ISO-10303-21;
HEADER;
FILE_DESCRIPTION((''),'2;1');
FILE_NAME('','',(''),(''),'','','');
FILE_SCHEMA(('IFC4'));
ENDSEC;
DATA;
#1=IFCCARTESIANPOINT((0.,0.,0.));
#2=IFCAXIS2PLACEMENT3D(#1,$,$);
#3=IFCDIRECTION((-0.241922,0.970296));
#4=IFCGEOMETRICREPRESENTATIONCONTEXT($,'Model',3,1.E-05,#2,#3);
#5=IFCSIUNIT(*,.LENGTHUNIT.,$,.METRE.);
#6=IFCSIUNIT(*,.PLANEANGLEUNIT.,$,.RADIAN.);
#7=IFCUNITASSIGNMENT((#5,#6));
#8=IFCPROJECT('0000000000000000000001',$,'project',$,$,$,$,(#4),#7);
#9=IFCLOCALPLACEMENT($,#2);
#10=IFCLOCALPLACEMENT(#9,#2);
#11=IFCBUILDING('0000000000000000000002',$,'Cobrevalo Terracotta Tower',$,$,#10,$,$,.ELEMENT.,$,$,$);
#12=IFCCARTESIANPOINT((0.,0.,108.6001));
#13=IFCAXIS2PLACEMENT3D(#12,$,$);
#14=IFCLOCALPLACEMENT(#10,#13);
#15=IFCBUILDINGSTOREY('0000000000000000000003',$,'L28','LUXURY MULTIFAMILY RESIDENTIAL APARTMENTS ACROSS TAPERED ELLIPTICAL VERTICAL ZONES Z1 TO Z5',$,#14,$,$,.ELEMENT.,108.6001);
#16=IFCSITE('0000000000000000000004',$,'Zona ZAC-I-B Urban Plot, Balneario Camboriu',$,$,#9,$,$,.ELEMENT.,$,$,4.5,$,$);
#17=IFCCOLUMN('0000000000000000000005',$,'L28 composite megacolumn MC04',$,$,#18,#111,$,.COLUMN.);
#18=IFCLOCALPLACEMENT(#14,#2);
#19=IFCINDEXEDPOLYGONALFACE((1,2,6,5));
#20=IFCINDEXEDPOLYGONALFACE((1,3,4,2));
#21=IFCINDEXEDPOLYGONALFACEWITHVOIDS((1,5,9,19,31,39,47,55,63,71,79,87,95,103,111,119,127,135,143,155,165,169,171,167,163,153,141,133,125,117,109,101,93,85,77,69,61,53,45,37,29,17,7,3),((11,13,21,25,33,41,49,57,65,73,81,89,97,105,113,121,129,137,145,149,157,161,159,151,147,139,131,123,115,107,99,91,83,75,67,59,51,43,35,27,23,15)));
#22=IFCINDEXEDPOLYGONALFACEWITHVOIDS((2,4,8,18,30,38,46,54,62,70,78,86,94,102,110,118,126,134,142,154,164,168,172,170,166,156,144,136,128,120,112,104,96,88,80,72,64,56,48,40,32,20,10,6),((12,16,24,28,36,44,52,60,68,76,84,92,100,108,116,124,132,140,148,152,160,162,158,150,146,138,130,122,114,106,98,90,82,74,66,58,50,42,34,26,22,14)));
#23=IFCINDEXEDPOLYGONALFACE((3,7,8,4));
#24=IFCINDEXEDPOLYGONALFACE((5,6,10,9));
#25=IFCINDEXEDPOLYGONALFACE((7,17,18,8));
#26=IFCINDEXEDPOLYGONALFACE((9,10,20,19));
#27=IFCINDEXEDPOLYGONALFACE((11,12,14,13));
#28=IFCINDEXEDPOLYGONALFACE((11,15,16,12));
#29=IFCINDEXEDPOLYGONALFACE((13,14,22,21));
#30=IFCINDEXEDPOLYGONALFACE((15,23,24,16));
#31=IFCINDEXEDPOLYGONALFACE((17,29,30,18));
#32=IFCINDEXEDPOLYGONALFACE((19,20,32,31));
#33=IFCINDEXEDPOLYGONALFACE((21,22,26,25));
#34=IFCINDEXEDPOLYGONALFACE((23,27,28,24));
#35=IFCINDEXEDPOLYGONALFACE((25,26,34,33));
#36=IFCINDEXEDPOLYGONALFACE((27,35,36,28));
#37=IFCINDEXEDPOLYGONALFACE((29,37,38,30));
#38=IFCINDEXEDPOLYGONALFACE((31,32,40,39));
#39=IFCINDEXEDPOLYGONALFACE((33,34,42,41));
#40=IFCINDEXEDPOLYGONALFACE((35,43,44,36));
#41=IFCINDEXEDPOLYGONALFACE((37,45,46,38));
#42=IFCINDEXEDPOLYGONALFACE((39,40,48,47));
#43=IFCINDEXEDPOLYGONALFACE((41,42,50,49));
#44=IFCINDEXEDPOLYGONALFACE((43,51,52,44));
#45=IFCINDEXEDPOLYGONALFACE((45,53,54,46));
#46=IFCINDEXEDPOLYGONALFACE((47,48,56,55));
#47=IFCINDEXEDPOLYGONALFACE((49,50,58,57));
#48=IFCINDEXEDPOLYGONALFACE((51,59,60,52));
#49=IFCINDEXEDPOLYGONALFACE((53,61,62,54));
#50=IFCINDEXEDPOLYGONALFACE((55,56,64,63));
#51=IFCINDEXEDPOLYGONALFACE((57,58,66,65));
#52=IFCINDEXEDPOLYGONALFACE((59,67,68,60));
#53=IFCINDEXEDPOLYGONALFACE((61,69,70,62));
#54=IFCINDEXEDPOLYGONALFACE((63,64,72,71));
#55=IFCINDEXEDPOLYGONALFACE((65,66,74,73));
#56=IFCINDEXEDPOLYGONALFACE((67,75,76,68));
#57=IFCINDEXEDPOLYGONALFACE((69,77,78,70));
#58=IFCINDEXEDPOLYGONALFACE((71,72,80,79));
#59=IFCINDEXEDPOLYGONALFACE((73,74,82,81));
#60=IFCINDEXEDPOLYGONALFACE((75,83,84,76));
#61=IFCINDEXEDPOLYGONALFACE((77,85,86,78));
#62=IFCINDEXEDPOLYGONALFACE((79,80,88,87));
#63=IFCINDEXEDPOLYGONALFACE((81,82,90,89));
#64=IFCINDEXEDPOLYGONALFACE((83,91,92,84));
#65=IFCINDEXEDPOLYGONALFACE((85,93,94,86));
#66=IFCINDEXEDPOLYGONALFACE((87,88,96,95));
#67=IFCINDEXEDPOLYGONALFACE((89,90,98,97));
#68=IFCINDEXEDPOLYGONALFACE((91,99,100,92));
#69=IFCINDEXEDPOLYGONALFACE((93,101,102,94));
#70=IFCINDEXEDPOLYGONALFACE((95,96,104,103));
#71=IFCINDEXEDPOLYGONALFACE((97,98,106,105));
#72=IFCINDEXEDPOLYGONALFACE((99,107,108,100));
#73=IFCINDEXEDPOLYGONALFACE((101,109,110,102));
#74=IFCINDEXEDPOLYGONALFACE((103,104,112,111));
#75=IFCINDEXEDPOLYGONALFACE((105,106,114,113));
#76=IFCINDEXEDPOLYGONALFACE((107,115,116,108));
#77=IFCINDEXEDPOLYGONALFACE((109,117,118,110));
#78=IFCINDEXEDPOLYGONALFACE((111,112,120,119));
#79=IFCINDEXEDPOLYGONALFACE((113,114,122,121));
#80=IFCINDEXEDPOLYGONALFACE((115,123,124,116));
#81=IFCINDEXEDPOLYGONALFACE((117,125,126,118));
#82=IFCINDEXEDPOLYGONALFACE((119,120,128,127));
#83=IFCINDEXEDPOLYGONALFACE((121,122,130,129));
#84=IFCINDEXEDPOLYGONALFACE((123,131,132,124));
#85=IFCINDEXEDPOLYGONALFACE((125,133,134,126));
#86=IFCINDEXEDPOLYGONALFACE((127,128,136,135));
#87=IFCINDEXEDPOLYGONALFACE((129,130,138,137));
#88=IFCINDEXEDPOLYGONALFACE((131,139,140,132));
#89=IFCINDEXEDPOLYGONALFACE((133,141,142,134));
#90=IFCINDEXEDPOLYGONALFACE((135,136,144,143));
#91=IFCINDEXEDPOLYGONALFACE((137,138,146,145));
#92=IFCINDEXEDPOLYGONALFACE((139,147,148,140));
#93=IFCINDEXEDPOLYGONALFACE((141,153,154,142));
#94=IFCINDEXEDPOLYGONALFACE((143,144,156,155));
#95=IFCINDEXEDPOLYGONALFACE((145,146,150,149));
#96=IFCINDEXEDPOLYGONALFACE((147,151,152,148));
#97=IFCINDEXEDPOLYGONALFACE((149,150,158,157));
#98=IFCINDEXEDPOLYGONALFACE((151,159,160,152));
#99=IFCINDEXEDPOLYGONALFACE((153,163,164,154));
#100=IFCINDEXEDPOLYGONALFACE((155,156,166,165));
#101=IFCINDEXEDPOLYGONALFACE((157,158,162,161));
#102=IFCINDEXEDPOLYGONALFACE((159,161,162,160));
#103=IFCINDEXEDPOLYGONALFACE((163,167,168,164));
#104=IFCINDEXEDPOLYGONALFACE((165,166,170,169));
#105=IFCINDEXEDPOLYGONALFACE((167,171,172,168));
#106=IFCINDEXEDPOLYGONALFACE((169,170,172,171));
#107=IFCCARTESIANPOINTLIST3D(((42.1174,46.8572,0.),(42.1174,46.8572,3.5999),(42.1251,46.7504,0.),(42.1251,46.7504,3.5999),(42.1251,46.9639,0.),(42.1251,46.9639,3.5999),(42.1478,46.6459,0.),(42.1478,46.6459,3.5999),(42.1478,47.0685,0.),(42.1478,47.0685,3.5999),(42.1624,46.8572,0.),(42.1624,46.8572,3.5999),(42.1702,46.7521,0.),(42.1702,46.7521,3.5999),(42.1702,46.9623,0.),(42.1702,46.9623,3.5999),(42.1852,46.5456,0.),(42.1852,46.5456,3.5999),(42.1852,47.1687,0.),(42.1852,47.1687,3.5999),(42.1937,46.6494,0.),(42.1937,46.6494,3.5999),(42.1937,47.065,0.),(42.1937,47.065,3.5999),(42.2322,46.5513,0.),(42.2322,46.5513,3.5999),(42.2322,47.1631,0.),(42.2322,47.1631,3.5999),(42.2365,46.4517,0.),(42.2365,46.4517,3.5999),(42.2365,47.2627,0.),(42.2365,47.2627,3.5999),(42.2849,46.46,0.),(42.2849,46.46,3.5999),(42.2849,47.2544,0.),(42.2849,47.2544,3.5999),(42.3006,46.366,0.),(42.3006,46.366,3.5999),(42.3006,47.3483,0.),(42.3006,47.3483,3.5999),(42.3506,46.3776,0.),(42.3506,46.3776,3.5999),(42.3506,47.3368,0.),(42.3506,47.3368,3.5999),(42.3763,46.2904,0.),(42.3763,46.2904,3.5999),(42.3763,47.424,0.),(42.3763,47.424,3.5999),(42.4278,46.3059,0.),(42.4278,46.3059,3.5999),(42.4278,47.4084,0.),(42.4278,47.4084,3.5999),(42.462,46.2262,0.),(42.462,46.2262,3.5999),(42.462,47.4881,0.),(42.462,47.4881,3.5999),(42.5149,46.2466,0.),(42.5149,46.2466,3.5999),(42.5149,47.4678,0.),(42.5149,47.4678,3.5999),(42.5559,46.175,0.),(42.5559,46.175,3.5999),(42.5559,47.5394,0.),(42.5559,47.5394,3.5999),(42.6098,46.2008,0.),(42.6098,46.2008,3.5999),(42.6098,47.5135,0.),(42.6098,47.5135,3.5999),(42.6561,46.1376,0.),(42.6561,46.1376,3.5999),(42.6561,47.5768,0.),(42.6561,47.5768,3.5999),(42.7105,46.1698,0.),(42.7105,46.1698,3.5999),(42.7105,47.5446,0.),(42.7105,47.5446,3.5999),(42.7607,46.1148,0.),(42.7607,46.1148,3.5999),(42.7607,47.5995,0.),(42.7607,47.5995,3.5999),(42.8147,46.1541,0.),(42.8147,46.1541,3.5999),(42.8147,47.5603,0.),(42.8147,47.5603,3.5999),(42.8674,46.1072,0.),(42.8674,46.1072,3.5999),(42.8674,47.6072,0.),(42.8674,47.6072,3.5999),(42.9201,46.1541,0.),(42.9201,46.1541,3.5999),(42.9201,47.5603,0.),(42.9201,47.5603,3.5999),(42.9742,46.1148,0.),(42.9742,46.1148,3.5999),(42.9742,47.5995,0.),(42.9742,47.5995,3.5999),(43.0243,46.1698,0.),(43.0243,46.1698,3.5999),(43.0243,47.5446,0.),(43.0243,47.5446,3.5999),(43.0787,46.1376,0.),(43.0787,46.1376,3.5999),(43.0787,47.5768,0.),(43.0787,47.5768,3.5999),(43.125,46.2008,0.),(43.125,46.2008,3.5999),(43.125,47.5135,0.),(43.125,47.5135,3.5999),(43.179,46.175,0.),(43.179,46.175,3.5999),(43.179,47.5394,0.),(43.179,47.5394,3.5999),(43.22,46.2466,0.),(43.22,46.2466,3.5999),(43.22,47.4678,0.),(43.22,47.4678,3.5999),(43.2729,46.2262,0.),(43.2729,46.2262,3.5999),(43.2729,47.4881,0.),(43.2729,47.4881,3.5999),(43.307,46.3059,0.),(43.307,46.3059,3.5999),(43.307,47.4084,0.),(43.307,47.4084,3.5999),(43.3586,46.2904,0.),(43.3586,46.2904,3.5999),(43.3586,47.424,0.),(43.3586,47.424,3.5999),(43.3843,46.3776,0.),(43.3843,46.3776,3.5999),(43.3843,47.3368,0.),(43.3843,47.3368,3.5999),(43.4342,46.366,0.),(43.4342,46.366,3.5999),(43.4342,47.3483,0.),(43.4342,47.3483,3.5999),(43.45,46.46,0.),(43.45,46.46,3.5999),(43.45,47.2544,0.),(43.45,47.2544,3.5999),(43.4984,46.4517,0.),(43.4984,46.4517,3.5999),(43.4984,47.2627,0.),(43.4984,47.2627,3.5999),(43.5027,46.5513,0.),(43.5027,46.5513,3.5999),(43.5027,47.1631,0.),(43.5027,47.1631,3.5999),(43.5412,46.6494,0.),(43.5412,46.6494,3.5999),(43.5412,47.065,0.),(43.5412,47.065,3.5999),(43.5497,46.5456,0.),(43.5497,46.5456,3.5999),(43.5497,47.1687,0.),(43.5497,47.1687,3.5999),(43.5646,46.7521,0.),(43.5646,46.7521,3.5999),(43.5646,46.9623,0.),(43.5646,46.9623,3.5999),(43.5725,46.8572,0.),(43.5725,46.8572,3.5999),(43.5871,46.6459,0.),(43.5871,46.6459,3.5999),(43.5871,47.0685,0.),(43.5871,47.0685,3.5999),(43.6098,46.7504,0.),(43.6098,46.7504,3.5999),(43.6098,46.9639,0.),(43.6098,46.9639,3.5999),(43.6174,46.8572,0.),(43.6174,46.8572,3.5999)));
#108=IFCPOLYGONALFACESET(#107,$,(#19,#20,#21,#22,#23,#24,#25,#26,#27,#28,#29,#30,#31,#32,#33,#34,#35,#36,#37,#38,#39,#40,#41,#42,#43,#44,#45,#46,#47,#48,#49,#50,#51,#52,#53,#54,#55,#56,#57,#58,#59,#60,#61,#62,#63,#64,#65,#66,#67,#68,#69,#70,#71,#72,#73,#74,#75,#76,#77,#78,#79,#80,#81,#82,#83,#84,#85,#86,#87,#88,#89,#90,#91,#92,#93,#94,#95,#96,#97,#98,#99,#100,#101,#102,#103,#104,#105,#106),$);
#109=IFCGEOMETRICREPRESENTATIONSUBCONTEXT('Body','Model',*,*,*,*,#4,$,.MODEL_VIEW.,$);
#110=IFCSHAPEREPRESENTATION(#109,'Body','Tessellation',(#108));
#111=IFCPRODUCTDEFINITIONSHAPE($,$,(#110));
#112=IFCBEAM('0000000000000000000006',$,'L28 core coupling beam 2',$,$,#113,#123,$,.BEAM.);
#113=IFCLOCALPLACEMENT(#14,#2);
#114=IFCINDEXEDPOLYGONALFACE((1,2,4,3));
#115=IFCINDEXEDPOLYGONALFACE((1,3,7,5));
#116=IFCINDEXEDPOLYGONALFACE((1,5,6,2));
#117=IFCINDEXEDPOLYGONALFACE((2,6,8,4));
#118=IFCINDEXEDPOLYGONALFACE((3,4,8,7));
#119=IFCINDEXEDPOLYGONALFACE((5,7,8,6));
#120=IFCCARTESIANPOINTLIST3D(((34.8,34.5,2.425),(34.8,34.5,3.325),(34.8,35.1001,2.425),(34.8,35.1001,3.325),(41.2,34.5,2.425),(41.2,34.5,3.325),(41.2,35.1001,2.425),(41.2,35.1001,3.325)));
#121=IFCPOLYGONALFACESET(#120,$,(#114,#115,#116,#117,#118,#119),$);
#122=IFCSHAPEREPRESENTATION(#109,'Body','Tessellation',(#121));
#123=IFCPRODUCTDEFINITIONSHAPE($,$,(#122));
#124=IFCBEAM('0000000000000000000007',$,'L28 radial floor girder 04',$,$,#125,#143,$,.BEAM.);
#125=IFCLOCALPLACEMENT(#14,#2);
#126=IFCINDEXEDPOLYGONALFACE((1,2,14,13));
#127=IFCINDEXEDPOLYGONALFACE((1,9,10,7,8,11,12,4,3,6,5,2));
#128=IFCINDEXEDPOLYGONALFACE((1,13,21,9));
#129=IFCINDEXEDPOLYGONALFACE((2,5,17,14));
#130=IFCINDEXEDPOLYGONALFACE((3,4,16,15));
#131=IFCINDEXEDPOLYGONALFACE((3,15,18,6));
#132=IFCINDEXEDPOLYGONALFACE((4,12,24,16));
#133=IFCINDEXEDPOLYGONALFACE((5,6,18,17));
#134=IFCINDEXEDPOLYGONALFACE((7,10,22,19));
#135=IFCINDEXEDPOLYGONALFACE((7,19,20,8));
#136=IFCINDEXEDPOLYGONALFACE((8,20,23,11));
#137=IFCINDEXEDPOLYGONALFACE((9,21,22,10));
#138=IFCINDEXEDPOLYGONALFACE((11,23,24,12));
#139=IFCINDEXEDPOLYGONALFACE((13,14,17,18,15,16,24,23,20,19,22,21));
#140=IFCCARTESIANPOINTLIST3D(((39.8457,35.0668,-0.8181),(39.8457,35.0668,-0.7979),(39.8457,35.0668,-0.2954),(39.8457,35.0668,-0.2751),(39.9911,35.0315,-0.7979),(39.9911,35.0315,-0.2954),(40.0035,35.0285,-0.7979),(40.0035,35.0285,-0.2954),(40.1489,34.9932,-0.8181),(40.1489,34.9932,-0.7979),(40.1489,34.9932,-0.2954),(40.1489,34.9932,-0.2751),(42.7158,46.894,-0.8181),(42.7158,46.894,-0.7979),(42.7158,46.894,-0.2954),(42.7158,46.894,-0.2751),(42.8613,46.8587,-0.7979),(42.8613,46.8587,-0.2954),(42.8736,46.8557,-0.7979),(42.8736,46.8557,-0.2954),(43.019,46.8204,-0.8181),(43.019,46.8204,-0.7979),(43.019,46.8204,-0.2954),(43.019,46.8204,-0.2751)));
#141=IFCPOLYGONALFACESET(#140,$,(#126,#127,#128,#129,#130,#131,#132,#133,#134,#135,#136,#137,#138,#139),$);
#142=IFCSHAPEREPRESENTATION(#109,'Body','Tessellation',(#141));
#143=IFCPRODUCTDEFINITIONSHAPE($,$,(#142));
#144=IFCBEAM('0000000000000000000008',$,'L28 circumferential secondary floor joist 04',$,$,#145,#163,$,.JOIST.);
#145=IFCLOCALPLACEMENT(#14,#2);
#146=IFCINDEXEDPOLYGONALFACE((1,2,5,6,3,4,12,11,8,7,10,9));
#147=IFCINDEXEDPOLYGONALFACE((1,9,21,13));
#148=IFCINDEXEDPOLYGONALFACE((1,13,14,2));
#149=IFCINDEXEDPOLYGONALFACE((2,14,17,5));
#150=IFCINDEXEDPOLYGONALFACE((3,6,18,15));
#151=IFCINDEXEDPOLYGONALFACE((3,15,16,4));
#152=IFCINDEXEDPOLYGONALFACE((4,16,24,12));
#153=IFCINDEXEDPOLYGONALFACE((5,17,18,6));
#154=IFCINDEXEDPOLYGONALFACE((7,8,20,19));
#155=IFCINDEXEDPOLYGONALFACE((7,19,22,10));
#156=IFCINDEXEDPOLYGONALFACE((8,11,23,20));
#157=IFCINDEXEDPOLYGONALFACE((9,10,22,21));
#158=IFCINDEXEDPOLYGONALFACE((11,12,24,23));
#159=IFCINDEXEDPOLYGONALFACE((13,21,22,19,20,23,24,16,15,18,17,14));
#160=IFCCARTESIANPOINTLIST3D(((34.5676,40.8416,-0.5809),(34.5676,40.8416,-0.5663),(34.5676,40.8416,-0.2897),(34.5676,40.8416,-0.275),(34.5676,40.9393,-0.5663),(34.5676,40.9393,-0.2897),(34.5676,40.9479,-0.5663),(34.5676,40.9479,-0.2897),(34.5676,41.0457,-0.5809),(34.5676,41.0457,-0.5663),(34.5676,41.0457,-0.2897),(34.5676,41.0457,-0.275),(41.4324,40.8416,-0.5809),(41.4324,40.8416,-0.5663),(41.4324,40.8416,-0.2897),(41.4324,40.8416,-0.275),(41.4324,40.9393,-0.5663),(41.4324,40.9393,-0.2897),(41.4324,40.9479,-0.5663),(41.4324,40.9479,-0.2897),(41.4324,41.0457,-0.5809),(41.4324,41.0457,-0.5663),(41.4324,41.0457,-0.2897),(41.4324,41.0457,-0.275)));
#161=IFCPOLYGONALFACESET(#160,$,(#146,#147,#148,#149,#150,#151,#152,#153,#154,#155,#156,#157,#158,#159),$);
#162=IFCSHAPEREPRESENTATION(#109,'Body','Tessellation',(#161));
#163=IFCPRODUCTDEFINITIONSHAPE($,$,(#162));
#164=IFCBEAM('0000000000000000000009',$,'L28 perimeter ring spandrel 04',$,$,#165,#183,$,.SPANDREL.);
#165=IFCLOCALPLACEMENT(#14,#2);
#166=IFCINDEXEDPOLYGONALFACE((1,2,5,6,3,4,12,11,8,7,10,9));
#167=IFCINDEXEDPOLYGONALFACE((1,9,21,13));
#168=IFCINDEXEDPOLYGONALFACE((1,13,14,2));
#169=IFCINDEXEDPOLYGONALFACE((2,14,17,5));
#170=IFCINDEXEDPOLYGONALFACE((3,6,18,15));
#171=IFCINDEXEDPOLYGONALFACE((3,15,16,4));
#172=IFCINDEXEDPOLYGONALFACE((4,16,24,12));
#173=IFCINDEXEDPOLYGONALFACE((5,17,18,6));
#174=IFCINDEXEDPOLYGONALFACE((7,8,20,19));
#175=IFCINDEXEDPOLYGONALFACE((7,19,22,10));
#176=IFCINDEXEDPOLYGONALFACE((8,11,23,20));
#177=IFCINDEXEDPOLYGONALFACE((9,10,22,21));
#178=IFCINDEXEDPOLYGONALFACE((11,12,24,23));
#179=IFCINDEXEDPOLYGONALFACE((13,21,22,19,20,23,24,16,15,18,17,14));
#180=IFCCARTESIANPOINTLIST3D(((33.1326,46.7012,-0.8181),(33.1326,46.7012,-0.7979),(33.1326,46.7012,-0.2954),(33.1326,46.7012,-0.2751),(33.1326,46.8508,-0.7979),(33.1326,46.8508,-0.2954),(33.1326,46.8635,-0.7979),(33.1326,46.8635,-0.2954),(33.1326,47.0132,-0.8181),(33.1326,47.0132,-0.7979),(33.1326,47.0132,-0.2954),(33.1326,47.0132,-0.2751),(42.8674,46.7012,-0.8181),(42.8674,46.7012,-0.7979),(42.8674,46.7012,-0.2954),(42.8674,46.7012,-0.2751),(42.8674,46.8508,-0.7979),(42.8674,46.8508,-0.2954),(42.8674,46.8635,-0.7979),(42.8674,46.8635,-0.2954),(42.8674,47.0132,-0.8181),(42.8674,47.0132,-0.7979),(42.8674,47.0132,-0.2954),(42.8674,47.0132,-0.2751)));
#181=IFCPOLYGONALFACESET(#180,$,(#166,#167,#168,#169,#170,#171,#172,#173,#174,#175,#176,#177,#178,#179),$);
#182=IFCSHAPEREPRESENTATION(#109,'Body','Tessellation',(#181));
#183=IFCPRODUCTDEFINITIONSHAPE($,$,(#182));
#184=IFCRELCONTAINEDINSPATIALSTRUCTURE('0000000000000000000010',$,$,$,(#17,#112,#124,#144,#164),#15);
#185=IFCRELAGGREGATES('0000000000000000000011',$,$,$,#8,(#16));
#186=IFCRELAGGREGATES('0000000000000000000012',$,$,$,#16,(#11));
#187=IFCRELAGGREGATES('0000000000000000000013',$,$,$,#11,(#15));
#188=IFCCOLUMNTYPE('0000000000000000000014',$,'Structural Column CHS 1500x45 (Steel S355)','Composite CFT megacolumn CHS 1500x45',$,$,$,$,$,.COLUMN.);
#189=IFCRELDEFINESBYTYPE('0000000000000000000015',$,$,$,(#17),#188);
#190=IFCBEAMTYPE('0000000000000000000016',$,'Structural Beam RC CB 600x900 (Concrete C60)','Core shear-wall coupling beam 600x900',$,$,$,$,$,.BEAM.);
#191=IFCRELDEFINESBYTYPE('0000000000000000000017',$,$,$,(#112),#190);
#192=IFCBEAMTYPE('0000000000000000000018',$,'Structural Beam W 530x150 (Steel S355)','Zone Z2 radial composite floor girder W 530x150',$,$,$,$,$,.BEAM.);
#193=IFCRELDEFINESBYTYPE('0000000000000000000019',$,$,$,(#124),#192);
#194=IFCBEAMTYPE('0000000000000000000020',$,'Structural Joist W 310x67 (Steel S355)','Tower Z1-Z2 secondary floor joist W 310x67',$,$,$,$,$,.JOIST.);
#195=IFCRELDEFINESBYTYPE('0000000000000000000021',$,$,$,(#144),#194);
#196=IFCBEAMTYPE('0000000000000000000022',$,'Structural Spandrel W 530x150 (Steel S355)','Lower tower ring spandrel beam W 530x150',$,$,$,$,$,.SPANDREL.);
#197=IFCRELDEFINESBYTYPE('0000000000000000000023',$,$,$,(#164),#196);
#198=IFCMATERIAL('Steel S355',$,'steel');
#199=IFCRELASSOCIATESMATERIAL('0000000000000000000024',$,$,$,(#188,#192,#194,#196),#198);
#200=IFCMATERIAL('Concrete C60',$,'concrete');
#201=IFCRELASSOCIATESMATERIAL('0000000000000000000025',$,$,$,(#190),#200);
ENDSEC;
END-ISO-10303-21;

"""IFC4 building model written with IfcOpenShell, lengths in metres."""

from ifc_helpers import new_model, si_unit, direction, frame, origin, origin_2d, place, context, subcontext, project, spatial, rectangle, hollow_circle, i_section, extrude, material, material_profile, profile_set, type_object, element, save


model = new_model("IFC4")

# Units and contexts
model_context = context("Model", 3, precision=1e-05, world=origin(), true_north=direction((-0.241922, 0.970296)))
body_context = subcontext(model_context, "Body", "Model", "MODEL_VIEW")
ifc_project = project(units=[si_unit("LENGTHUNIT", "METRE"), si_unit("PLANEANGLEUNIT", "RADIAN")], contexts=[model_context])

# Site, building, storey
site_placement = place(None, origin())
site = spatial("IfcSite", under=ifc_project, at=site_placement, Name="Zona ZAC-I-B Urban Plot, Balneario Camboriu", CompositionType="ELEMENT", RefElevation=4.5)
building_placement = place(site_placement, origin())
building = spatial("IfcBuilding", under=site, at=building_placement, Name="Cobrevalo Terracotta Tower", CompositionType="ELEMENT")
storey_placement = place(building_placement, frame((0.0, 0.0, 108.6001)))
storey = spatial("IfcBuildingStorey", under=building, at=storey_placement, Name="L28", Description="LUXURY MULTIFAMILY RESIDENTIAL APARTMENTS ACROSS TAPERED ELLIPTICAL VERTICAL ZONES Z1 TO Z5", CompositionType="ELEMENT", Elevation=108.6001)

# Column
ifc_material_1 = material(Name="Steel S355", Category="steel")
ifc_material_profile_1 = material_profile(ifc_material_1, hollow_circle(Radius=0.75, WallThickness=0.0449, at=origin_2d()), Name="CHS 1500x45")
ifc_profile_set_1 = profile_set([ifc_material_profile_1], Name="Steel S355")
column_type = type_object("IfcColumnType", Name="Structural Column CHS 1500x45 (Steel S355)", Description="Composite CFT megacolumn CHS 1500x45", PredefinedType="COLUMN", material=ifc_profile_set_1)
column_placement = place(storey_placement, frame((42.8674, 46.8572, 0.0), z_axis=(0.0, 0.0, 1.0), x_axis=(1.0, 0.0, 0.0)))
element("IfcColumn", 1, at=column_placement, inside=storey, type_object=column_type, Name="L28 composite megacolumn MC04", PredefinedType="COLUMN", context=body_context, shape_type="SweptSolid", body=[
    extrude(hollow_circle(Radius=0.75, WallThickness=0.0449, at=origin_2d()), origin(), (0.0, 0.0, 1.0), 3.5999),
])

# Beams
ifc_material_2 = material(Name="Concrete C60", Category="concrete")
ifc_material_profile_2 = material_profile(ifc_material_2, rectangle(XDim=0.6001, YDim=0.8999, at=origin_2d()), Name="RC CB 600x900")
ifc_profile_set_2 = profile_set([ifc_material_profile_2], Name="Concrete C60")
beam_type_1 = type_object("IfcBeamType", Name="Structural Beam RC CB 600x900 (Concrete C60)", Description="Core shear-wall coupling beam 600x900", PredefinedType="BEAM", material=ifc_profile_set_2)
beam_1_placement = place(storey_placement, frame((34.8, 34.8, 2.875), z_axis=(1.0, 0.0, 0.0), x_axis=(0.0, 1.0, 0.0)))
element("IfcBeam", 2, at=beam_1_placement, inside=storey, type_object=beam_type_1, Name="L28 core coupling beam 2", PredefinedType="BEAM", context=body_context, shape_type="SweptSolid", body=[
    extrude(rectangle(XDim=0.6001, YDim=0.8999, at=origin_2d()), origin(), (0.0, 0.0, 1.0), 6.3999),
])
ifc_material_profile_3 = material_profile(ifc_material_1, i_section(OverallWidth=0.312, OverallDepth=0.543, WebThickness=0.0127, FlangeThickness=0.0203, at=origin_2d()), Name="W 530x150")
ifc_profile_set_3 = profile_set([ifc_material_profile_3], Name="Steel S355")
beam_type_2 = type_object("IfcBeamType", Name="Structural Beam W 530x150 (Steel S355)", Description="Zone Z2 radial composite floor girder W 530x150", PredefinedType="BEAM", material=ifc_profile_set_3)
beam_2_placement = place(storey_placement, frame((42.8674, 46.8572, -0.5466), z_axis=(-0.235827, -0.971795, 0.0), x_axis=(0.971795, -0.235827, 0.0)))
element("IfcBeam", 3, at=beam_2_placement, inside=storey, type_object=beam_type_2, Name="L28 radial floor girder 04", PredefinedType="BEAM", context=body_context, shape_type="SweptSolid", body=[
    extrude(i_section(OverallWidth=0.312, OverallDepth=0.543, WebThickness=0.0127, FlangeThickness=0.0203, at=origin_2d()), origin(), (0.0, 0.0, 1.0), 12.1704),
])
ifc_material_profile_4 = material_profile(ifc_material_1, i_section(OverallWidth=0.2041, OverallDepth=0.3059, WebThickness=0.0085, FlangeThickness=0.0146, at=origin_2d()), Name="W 310x67")
ifc_profile_set_4 = profile_set([ifc_material_profile_4], Name="Steel S355")
beam_type_3 = type_object("IfcBeamType", Name="Structural Joist W 310x67 (Steel S355)", Description="Tower Z1-Z2 secondary floor joist W 310x67", PredefinedType="JOIST", material=ifc_profile_set_4)
beam_3_placement = place(storey_placement, frame((41.4324, 40.9436, -0.428), z_axis=(-1.0, 0.0, 0.0), x_axis=(0.0, -1.0, 0.0)))
element("IfcBeam", 4, at=beam_3_placement, inside=storey, type_object=beam_type_3, Name="L28 circumferential secondary floor joist 04", PredefinedType="JOIST", context=body_context, shape_type="SweptSolid", body=[
    extrude(i_section(OverallWidth=0.2041, OverallDepth=0.3059, WebThickness=0.0085, FlangeThickness=0.0146, at=origin_2d()), origin(), (0.0, 0.0, 1.0), 6.8647),
])
ifc_material_profile_5 = material_profile(ifc_material_1, i_section(OverallWidth=0.312, OverallDepth=0.543, WebThickness=0.0127, FlangeThickness=0.0203, at=origin_2d()), Name="W 530x150")
ifc_profile_set_5 = profile_set([ifc_material_profile_5], Name="Steel S355")
beam_type_4 = type_object("IfcBeamType", Name="Structural Spandrel W 530x150 (Steel S355)", Description="Lower tower ring spandrel beam W 530x150", PredefinedType="SPANDREL", material=ifc_profile_set_5)
beam_4_placement = place(storey_placement, frame((42.8674, 46.8572, -0.5466), z_axis=(-1.0, 0.0, 0.0), x_axis=(0.0, -1.0, 0.0)))
element("IfcBeam", 5, at=beam_4_placement, inside=storey, type_object=beam_type_4, Name="L28 perimeter ring spandrel 04", PredefinedType="SPANDREL", context=body_context, shape_type="SweptSolid", body=[
    extrude(i_section(OverallWidth=0.312, OverallDepth=0.543, WebThickness=0.0127, FlangeThickness=0.0203, at=origin_2d()), origin(), (0.0, 0.0, 1.0), 9.7349),
])

save(model, "model.ifc")
